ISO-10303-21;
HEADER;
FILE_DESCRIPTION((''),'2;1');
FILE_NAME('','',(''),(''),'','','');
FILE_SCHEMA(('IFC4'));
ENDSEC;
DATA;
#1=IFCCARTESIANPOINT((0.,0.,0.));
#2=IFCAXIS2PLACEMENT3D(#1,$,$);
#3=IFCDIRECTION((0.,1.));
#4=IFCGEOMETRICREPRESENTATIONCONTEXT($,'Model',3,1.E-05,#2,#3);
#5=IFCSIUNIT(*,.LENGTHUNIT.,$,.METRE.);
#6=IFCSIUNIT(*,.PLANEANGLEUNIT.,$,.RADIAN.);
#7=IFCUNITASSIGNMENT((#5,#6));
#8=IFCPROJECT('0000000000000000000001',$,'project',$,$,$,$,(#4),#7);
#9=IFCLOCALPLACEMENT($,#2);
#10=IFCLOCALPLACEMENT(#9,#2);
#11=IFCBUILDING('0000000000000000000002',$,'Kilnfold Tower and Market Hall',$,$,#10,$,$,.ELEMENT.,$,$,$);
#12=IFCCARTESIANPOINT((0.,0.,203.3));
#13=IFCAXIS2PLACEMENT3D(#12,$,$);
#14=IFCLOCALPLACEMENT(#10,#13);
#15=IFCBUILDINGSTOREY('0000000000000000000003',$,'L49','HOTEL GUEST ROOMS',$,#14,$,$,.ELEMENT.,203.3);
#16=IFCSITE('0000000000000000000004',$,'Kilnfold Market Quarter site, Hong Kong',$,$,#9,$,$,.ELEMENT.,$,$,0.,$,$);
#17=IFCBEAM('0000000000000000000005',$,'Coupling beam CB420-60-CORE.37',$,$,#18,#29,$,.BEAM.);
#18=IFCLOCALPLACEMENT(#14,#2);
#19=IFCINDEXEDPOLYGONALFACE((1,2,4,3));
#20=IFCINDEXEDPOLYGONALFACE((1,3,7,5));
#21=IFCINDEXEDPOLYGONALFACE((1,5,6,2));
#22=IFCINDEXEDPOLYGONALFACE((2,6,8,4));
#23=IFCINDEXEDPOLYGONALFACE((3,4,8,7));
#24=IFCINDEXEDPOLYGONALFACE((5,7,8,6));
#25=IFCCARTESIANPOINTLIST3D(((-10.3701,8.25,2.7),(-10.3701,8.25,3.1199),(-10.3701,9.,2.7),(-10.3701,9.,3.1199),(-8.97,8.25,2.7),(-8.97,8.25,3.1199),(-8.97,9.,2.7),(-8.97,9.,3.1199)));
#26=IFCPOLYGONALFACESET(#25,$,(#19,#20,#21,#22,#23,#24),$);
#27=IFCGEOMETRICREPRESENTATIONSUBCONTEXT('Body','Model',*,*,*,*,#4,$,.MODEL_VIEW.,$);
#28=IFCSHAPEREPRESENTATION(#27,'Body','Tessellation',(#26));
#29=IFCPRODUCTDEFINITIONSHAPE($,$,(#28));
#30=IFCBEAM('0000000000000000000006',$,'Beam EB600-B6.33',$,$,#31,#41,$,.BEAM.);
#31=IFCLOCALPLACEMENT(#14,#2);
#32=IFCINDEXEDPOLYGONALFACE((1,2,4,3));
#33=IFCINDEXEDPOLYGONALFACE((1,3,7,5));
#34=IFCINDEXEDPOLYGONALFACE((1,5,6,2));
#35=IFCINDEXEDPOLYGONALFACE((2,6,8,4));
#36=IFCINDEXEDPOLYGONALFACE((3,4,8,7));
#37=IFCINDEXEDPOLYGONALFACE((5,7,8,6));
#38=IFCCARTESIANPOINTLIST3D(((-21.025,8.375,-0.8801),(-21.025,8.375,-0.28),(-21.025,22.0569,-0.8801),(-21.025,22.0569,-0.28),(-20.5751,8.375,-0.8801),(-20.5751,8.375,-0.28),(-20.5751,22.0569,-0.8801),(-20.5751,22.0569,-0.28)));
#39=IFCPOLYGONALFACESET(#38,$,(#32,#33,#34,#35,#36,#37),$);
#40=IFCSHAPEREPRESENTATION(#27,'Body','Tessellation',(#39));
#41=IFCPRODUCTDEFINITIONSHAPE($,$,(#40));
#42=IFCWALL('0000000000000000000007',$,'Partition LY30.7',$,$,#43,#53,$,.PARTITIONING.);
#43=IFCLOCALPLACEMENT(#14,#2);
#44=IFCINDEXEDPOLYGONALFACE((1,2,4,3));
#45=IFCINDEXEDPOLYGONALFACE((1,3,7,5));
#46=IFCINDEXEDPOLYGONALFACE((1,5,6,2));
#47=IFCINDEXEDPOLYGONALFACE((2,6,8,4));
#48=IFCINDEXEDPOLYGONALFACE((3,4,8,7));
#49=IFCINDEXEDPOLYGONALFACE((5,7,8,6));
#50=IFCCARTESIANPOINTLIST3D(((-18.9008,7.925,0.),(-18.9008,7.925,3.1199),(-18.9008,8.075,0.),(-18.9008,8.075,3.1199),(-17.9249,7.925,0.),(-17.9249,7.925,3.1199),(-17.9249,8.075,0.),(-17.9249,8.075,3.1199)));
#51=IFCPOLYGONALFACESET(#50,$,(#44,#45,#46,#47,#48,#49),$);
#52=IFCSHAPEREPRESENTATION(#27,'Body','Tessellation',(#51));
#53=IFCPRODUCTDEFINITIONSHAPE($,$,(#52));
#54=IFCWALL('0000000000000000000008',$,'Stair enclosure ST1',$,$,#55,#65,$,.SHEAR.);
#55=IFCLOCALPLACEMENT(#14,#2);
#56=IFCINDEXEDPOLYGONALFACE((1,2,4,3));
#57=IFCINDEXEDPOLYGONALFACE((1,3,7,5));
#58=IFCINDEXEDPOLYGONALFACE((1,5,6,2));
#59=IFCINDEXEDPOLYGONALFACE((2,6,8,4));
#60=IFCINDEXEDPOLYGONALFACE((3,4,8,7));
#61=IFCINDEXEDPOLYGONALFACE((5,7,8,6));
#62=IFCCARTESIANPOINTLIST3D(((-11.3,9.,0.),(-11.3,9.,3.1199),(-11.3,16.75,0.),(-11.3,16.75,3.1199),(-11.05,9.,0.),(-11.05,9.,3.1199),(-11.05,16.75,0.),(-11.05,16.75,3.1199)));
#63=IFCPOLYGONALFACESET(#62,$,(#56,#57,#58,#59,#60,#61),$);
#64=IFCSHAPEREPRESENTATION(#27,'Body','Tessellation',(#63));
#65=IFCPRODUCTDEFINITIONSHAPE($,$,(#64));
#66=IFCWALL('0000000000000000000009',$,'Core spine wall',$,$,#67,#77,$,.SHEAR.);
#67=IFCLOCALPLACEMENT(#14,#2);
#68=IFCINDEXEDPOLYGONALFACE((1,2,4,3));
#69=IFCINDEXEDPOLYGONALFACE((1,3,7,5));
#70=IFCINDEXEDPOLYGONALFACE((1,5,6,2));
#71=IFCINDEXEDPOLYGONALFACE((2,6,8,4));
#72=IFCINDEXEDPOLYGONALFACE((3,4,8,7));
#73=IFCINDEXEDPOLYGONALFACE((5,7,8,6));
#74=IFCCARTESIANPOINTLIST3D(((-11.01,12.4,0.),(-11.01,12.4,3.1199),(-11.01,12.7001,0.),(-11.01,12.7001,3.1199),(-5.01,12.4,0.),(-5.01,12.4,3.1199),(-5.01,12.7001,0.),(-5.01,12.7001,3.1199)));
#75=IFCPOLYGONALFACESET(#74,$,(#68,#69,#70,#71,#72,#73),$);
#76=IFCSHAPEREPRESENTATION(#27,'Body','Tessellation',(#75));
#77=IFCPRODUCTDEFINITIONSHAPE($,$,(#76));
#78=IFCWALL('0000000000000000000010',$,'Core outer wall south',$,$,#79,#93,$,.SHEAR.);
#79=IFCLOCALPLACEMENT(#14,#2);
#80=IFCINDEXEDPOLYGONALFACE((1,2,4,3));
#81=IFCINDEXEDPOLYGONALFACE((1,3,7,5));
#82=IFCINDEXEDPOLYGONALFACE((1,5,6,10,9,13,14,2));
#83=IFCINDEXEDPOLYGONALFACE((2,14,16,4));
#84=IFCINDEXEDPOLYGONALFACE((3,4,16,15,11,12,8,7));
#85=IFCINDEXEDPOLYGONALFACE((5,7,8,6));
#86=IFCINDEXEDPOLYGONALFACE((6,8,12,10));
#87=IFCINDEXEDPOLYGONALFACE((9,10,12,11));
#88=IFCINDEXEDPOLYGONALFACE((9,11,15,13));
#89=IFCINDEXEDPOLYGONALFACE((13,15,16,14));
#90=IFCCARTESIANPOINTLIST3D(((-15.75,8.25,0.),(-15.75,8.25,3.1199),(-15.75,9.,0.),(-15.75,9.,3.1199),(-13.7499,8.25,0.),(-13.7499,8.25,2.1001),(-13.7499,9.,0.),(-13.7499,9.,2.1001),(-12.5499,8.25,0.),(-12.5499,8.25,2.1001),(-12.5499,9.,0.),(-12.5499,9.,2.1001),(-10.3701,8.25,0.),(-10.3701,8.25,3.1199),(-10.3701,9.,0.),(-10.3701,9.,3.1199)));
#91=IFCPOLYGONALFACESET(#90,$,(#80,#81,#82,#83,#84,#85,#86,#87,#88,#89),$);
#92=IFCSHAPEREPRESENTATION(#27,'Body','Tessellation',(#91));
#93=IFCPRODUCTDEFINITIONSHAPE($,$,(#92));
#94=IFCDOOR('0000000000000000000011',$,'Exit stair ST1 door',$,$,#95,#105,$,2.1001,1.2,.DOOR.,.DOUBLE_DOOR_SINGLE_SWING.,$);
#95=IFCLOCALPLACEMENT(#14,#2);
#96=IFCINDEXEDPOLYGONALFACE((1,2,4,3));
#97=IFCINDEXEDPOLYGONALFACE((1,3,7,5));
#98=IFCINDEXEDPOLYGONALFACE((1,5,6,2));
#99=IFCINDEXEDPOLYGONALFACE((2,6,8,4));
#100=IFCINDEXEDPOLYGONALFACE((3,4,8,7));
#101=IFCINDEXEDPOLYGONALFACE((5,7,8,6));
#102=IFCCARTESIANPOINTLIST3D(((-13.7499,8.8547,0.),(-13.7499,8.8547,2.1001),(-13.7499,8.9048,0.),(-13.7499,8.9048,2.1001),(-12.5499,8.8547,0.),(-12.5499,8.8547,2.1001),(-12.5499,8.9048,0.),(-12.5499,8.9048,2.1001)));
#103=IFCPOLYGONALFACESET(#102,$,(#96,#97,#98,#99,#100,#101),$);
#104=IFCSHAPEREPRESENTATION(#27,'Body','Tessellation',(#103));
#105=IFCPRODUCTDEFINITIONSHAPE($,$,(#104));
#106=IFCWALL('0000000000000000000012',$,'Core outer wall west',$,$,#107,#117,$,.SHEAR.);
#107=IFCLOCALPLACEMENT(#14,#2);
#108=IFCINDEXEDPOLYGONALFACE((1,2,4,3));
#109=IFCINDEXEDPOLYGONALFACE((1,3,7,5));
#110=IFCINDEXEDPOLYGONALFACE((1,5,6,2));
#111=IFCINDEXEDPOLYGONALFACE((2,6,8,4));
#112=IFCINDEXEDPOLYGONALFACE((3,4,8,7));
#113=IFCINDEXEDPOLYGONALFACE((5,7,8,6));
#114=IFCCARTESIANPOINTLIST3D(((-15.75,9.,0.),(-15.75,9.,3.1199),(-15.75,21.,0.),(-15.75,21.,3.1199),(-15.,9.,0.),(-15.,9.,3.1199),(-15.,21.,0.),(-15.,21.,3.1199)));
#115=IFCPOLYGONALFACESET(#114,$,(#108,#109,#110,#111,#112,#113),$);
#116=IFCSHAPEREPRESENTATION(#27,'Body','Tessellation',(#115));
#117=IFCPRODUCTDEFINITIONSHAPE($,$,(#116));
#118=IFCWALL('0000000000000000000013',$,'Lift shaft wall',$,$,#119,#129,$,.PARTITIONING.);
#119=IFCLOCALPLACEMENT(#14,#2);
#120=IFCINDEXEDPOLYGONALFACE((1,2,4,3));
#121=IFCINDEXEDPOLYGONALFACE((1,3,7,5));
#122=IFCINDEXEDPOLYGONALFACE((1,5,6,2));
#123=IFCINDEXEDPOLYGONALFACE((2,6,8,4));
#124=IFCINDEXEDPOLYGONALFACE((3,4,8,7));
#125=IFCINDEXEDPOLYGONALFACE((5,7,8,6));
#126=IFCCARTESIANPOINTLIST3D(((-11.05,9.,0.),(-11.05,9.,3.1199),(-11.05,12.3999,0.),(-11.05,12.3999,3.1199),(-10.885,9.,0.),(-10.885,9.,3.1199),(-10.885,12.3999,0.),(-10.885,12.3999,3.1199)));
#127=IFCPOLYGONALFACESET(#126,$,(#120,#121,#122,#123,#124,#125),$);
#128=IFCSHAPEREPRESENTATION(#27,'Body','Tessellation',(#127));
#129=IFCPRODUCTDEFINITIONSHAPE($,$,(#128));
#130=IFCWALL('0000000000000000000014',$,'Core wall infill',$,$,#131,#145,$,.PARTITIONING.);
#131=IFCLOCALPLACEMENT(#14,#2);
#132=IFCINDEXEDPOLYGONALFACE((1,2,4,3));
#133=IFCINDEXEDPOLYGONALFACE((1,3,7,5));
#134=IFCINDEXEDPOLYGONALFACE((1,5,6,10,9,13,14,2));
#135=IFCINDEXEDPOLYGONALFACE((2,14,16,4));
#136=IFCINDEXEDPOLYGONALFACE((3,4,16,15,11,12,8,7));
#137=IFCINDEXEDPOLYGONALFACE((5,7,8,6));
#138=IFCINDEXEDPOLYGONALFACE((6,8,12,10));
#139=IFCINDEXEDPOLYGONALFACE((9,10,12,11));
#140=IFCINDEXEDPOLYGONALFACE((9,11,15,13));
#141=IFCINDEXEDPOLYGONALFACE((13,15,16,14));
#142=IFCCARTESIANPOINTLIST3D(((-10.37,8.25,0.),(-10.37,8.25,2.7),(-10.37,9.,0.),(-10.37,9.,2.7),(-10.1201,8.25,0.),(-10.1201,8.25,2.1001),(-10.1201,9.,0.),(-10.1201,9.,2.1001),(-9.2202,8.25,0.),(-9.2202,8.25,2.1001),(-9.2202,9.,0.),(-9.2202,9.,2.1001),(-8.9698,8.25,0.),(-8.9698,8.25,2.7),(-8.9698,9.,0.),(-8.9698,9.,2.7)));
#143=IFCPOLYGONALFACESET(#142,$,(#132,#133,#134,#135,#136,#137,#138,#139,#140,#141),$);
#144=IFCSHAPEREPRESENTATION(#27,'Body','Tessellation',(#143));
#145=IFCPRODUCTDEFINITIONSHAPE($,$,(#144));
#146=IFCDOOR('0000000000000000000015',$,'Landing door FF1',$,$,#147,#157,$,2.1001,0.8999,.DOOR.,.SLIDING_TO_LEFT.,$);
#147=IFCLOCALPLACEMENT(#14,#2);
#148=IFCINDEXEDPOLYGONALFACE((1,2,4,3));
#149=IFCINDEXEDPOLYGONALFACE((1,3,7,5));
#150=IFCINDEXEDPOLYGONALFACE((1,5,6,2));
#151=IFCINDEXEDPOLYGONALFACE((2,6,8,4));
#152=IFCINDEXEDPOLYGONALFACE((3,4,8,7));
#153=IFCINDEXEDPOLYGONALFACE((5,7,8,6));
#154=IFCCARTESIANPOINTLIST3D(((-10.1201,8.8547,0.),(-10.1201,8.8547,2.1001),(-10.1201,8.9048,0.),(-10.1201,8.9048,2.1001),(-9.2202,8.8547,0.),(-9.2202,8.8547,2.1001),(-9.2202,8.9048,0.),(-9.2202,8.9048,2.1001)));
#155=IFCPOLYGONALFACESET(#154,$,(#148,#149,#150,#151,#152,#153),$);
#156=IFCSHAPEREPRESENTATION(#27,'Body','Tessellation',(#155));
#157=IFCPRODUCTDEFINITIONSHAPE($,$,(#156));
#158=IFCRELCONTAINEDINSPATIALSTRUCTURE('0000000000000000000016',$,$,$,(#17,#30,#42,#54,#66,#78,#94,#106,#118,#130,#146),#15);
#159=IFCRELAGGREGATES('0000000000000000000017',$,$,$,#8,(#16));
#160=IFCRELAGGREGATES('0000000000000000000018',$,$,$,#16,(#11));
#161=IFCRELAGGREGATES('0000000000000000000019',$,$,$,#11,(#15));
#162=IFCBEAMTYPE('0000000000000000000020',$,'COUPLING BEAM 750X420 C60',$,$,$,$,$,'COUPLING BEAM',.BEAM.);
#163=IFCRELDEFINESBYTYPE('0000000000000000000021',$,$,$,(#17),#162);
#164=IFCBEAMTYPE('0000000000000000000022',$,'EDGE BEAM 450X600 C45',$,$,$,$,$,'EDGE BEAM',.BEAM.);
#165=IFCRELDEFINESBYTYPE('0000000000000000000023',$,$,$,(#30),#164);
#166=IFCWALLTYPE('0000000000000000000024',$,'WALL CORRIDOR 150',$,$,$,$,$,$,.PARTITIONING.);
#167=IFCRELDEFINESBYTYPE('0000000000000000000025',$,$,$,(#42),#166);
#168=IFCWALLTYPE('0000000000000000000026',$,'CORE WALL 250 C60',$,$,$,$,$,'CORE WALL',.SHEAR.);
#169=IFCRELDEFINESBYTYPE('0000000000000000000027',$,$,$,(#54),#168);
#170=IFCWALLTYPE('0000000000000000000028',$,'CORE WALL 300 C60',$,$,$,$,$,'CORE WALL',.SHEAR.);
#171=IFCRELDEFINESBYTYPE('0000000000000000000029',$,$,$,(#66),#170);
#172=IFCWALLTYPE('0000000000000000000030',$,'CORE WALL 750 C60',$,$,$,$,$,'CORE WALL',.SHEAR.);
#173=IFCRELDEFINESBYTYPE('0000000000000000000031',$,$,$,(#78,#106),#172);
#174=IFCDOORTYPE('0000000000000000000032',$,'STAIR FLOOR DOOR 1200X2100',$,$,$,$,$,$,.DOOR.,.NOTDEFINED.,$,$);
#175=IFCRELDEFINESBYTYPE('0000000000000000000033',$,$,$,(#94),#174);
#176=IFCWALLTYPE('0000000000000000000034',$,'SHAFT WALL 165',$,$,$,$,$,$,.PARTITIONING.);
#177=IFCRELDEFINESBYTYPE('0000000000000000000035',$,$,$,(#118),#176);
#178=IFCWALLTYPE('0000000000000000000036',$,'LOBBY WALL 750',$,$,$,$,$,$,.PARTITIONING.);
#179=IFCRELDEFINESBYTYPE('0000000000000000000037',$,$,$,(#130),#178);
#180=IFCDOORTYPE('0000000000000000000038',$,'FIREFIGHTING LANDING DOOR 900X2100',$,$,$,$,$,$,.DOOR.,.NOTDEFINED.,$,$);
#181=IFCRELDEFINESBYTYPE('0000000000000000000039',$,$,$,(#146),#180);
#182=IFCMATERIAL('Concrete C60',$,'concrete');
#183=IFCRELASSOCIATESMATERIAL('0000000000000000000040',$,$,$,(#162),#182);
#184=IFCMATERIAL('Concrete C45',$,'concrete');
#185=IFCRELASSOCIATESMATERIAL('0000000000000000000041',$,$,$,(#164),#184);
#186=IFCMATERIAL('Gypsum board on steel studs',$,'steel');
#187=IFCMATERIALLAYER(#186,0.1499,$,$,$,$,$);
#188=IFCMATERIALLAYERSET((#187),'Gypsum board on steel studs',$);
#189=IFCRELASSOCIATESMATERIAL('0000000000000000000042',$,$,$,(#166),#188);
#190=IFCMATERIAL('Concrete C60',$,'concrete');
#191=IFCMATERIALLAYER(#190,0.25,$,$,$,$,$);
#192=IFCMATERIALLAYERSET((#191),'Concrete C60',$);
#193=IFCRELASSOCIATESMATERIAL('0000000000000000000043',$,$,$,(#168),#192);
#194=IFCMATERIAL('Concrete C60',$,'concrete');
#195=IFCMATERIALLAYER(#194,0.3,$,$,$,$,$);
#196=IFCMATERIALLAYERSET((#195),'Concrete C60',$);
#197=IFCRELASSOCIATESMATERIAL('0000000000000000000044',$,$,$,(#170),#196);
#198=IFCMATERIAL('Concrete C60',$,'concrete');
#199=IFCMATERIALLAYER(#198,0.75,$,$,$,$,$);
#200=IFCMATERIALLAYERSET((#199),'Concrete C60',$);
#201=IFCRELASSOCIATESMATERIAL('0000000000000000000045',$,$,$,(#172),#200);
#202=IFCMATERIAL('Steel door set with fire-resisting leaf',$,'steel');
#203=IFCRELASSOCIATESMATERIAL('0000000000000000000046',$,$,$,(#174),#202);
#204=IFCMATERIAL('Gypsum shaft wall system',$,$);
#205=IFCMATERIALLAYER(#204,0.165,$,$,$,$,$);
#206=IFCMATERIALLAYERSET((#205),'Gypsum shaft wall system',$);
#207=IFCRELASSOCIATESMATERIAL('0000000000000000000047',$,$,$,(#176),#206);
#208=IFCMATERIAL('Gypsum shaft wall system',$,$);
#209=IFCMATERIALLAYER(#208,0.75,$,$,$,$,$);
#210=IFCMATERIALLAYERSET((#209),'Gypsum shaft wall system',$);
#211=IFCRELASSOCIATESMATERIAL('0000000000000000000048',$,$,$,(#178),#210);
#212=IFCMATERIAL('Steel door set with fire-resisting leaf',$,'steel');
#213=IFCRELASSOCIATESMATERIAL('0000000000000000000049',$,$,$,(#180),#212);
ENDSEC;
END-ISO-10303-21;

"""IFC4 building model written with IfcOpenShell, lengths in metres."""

from ifc_helpers import new_model, si_unit, direction, frame, frame_2d, origin, origin_2d, place, context, subcontext, project, spatial, rectangle, extrude, source, transform, mapped, material, layer, layer_set, material_profile, profile_set, type_object, element, fill, save


model = new_model("IFC4")

# Units and contexts
model_context = context("Model", 3, precision=1e-05, world=origin(), true_north=direction((0.0, 1.0)))
body_context = subcontext(model_context, "Body", "Model", "MODEL_VIEW")
ifc_project = project(units=[si_unit("LENGTHUNIT", "METRE"), si_unit("PLANEANGLEUNIT", "RADIAN")], contexts=[model_context])

# Site, building, storey
site_placement = place(None, origin())
site = spatial("IfcSite", under=ifc_project, at=site_placement, Name="Kilnfold Market Quarter site, Hong Kong", CompositionType="ELEMENT", RefElevation=0.0)
building_placement = place(site_placement, origin())
building = spatial("IfcBuilding", under=site, at=building_placement, Name="Kilnfold Tower and Market Hall", CompositionType="ELEMENT")
storey_placement = place(building_placement, frame((0.0, 0.0, 203.3)))
storey = spatial("IfcBuildingStorey", under=building, at=storey_placement, Name="L49", Description="HOTEL GUEST ROOMS", CompositionType="ELEMENT", Elevation=203.3)

# Beams
ifc_material_1 = material(Name="Concrete C60", Category="concrete")
ifc_material_profile_1 = material_profile(ifc_material_1, rectangle(XDim=0.75, YDim=0.4199, at=origin_2d()), Name="RC 750x420")
ifc_profile_set_1 = profile_set([ifc_material_profile_1], Name="Concrete C60")
beam_type_1 = type_object("IfcBeamType", Name="COUPLING BEAM 750X420 C60", ElementType="COUPLING BEAM", PredefinedType="BEAM", material=ifc_profile_set_1)
shared_shape_1 = source(origin(), body_context, "Body", "SweptSolid", [
    extrude(rectangle(XDim=0.75, YDim=0.4199, at=origin_2d()), origin(), (0.0, 0.0, 1.0), 1.4001),
])
beam_1_placement = place(storey_placement, frame((-10.3701, 8.625, 2.9099), z_axis=(1.0, 0.0, 0.0), x_axis=(0.0, 1.0, 0.0)))
element("IfcBeam", 1, at=beam_1_placement, inside=storey, type_object=beam_type_1, Name="Coupling beam CB420-60-CORE.37", PredefinedType="BEAM", context=body_context, shape_type="MappedRepresentation", body=[
    mapped(shared_shape_1, transform((0.0, 0.0, 0.0))),
])
ifc_material_2 = material(Name="Concrete C45", Category="concrete")
ifc_material_profile_2 = material_profile(ifc_material_2, rectangle(XDim=0.45, YDim=0.6001, at=origin_2d()), Name="RC 450x600")
ifc_profile_set_2 = profile_set([ifc_material_profile_2], Name="Concrete C45")
beam_type_2 = type_object("IfcBeamType", Name="EDGE BEAM 450X600 C45", ElementType="EDGE BEAM", PredefinedType="BEAM", material=ifc_profile_set_2)
shared_shape_2 = source(origin(), body_context, "Body", "SweptSolid", [
    extrude(rectangle(XDim=0.45, YDim=0.6001, at=origin_2d()), origin(), (0.0, 0.0, 1.0), 13.6819),
])
beam_2_placement = place(storey_placement, frame((-20.8, 8.375, -0.5801), z_axis=(0.0, 1.0, 0.0), x_axis=(-1.0, 0.0, 0.0)))
element("IfcBeam", 2, at=beam_2_placement, inside=storey, type_object=beam_type_2, Name="Beam EB600-B6.33", PredefinedType="BEAM", context=body_context, shape_type="MappedRepresentation", body=[
    mapped(shared_shape_2, transform((0.0, 0.0, 0.0))),
])

# Walls
ifc_material_3 = material(Name="Gypsum board on steel studs", Category="steel")
ifc_layer_1 = layer(ifc_material_3, 0.1499)
ifc_layer_set_1 = layer_set([ifc_layer_1], Name="Gypsum board on steel studs")
wall_type_1 = type_object("IfcWallType", Name="WALL CORRIDOR 150", PredefinedType="PARTITIONING", material=ifc_layer_set_1)
wall_1_placement = place(storey_placement, frame((-17.925, 8.0, 0.0), z_axis=(0.0, 0.0, 1.0), x_axis=(-1.0, 0.0, 0.0)))
element("IfcWall", 3, at=wall_1_placement, inside=storey, type_object=wall_type_1, Name="Partition LY30.7", PredefinedType="PARTITIONING", context=body_context, shape_type="SweptSolid", body=[
    extrude(rectangle(XDim=0.9758, YDim=0.1499, at=frame_2d((0.4878, 0.0))), origin(), (0.0, 0.0, 1.0), 3.1199),
])
ifc_material_4 = material(Name="Concrete C60", Category="concrete")
ifc_layer_2 = layer(ifc_material_4, 0.25)
ifc_layer_set_2 = layer_set([ifc_layer_2], Name="Concrete C60")
wall_type_2 = type_object("IfcWallType", Name="CORE WALL 250 C60", ElementType="CORE WALL", PredefinedType="SHEAR", material=ifc_layer_set_2)
shared_shape_3 = source(origin(), body_context, "Body", "SweptSolid", [
    extrude(rectangle(XDim=7.75, YDim=0.25, at=frame_2d((3.875, 0.0))), origin(), (0.0, 0.0, 1.0), 3.1199),
])
wall_2_placement = place(storey_placement, frame((-11.175, 9.0, 0.0), z_axis=(0.0, 0.0, 1.0), x_axis=(0.0, 1.0, 0.0)))
element("IfcWall", 4, at=wall_2_placement, inside=storey, type_object=wall_type_2, Name="Stair enclosure ST1", PredefinedType="SHEAR", context=body_context, shape_type="MappedRepresentation", body=[
    mapped(shared_shape_3, transform((0.0, 0.0, 0.0))),
])
ifc_material_5 = material(Name="Concrete C60", Category="concrete")
ifc_layer_3 = layer(ifc_material_5, 0.3)
ifc_layer_set_3 = layer_set([ifc_layer_3], Name="Concrete C60")
wall_type_3 = type_object("IfcWallType", Name="CORE WALL 300 C60", ElementType="CORE WALL", PredefinedType="SHEAR", material=ifc_layer_set_3)
shared_shape_4 = source(origin(), body_context, "Body", "SweptSolid", [
    extrude(rectangle(XDim=6.0, YDim=0.3, at=frame_2d((3.0, 0.0))), origin(), (0.0, 0.0, 1.0), 3.1199),
])
wall_3_placement = place(storey_placement, frame((-11.01, 12.55, 0.0), z_axis=(0.0, 0.0, 1.0), x_axis=(1.0, 0.0, 0.0)))
element("IfcWall", 5, at=wall_3_placement, inside=storey, type_object=wall_type_3, Name="Core spine wall", PredefinedType="SHEAR", context=body_context, shape_type="MappedRepresentation", body=[
    mapped(shared_shape_4, transform((0.0, 0.0, 0.0))),
])

# Wall, opening, door
ifc_material_6 = material(Name="Concrete C60", Category="concrete")
ifc_layer_4 = layer(ifc_material_6, 0.75)
ifc_layer_set_4 = layer_set([ifc_layer_4], Name="Concrete C60")
wall_type_4 = type_object("IfcWallType", Name="CORE WALL 750 C60", ElementType="CORE WALL", PredefinedType="SHEAR", material=ifc_layer_set_4)
shared_shape_5 = source(origin(), body_context, "Body", "SweptSolid", [
    extrude(rectangle(XDim=5.3799, YDim=0.75, at=frame_2d((2.6899, 0.0))), origin(), (0.0, 0.0, 1.0), 3.1199),
])
wall_4_placement = place(storey_placement, frame((-15.75, 8.625, 0.0), z_axis=(0.0, 0.0, 1.0), x_axis=(1.0, 0.0, 0.0)))
wall_4 = element("IfcWall", 6, at=wall_4_placement, inside=storey, type_object=wall_type_4, Name="Core outer wall south", PredefinedType="SHEAR", context=body_context, shape_type="MappedRepresentation", body=[
    mapped(shared_shape_5, transform((0.0, 0.0, 0.0))),
])
opening_1_placement = place(wall_4_placement, frame((2.0, 0.0, 0.0)))
opening_1 = element("IfcOpeningElement", 7, at=opening_1_placement, cuts=wall_4, PredefinedType="OPENING", context=body_context, shape_type="SweptSolid", body=[
    extrude(rectangle(XDim=1.2, YDim=2.1001, at=frame_2d((0.6001, 1.05))), frame((0.0, 0.385, 0.0), z_axis=(0.0, -1.0, 0.0), x_axis=(1.0, 0.0, 0.0)), (0.0, 0.0, 1.0), 0.77),
])
ifc_material_7 = material(Name="Steel door set with fire-resisting leaf", Category="steel")
door_type_1 = type_object("IfcDoorType", Name="STAIR FLOOR DOOR 1200X2100", OperationType="NOTDEFINED", PredefinedType="DOOR", material=ifc_material_7)
door_1_placement = place(opening_1_placement, origin())
door_1 = element("IfcDoor", 8, at=door_1_placement, inside=storey, type_object=door_type_1, Name="Exit stair ST1 door", OperationType="DOUBLE_DOOR_SINGLE_SWING", OverallHeight=2.1001, OverallWidth=1.2, PredefinedType="DOOR", context=body_context, shape_type="SweptSolid", body=[
    extrude(rectangle(XDim=1.2, YDim=2.1001, at=frame_2d((0.6001, 1.05))), frame((0.0, 0.2798, 0.0), z_axis=(0.0, -1.0, 0.0), x_axis=(1.0, 0.0, 0.0)), (0.0, 0.0, 1.0), 0.05),
])
fill(opening_1, door_1)

# Walls
shared_shape_6 = source(origin(), body_context, "Body", "SweptSolid", [
    extrude(rectangle(XDim=12.0, YDim=0.75, at=frame_2d((6.0, 0.0))), origin(), (0.0, 0.0, 1.0), 3.1199),
])
wall_5_placement = place(storey_placement, frame((-15.375, 9.0, 0.0), z_axis=(0.0, 0.0, 1.0), x_axis=(0.0, 1.0, 0.0)))
element("IfcWall", 9, at=wall_5_placement, inside=storey, type_object=wall_type_4, Name="Core outer wall west", PredefinedType="SHEAR", context=body_context, shape_type="MappedRepresentation", body=[
    mapped(shared_shape_6, transform((0.0, 0.0, 0.0))),
])
ifc_material_8 = material(Name="Gypsum shaft wall system")
ifc_layer_5 = layer(ifc_material_8, 0.165)
ifc_layer_set_5 = layer_set([ifc_layer_5], Name="Gypsum shaft wall system")
wall_type_5 = type_object("IfcWallType", Name="SHAFT WALL 165", PredefinedType="PARTITIONING", material=ifc_layer_set_5)
shared_shape_7 = source(origin(), body_context, "Body", "SweptSolid", [
    extrude(rectangle(XDim=3.3999, YDim=0.165, at=frame_2d((1.7, 0.0))), origin(), (0.0, 0.0, 1.0), 3.1199),
])
wall_6_placement = place(storey_placement, frame((-10.9675, 9.0, 0.0), z_axis=(0.0, 0.0, 1.0), x_axis=(0.0, 1.0, 0.0)))
element("IfcWall", 10, at=wall_6_placement, inside=storey, type_object=wall_type_5, Name="Lift shaft wall", PredefinedType="PARTITIONING", context=body_context, shape_type="MappedRepresentation", body=[
    mapped(shared_shape_7, transform((0.0, 0.0, 0.0))),
])

# Wall, opening, door
ifc_material_9 = material(Name="Gypsum shaft wall system")
ifc_layer_6 = layer(ifc_material_9, 0.75)
ifc_layer_set_6 = layer_set([ifc_layer_6], Name="Gypsum shaft wall system")
wall_type_6 = type_object("IfcWallType", Name="LOBBY WALL 750", PredefinedType="PARTITIONING", material=ifc_layer_set_6)
shared_shape_8 = source(origin(), body_context, "Body", "SweptSolid", [
    extrude(rectangle(XDim=1.4001, YDim=0.75, at=frame_2d((0.7002, 0.0))), origin(), (0.0, 0.0, 1.0), 2.7),
])
wall_7_placement = place(storey_placement, frame((-10.3701, 8.625, 0.0), z_axis=(0.0, 0.0, 1.0), x_axis=(1.0, 0.0, 0.0)))
wall_7 = element("IfcWall", 11, at=wall_7_placement, inside=storey, type_object=wall_type_6, Name="Core wall infill", PredefinedType="PARTITIONING", context=body_context, shape_type="MappedRepresentation", body=[
    mapped(shared_shape_8, transform((0.0, 0.0, 0.0))),
])
opening_2_placement = place(wall_7_placement, frame((0.25, 0.0, 0.0)))
opening_2 = element("IfcOpeningElement", 12, at=opening_2_placement, cuts=wall_7, PredefinedType="OPENING", context=body_context, shape_type="SweptSolid", body=[
    extrude(rectangle(XDim=0.8999, YDim=2.1001, at=frame_2d((0.45, 1.05))), frame((0.0, 0.385, 0.0), z_axis=(0.0, -1.0, 0.0), x_axis=(1.0, 0.0, 0.0)), (0.0, 0.0, 1.0), 0.77),
])
ifc_material_10 = material(Name="Steel door set with fire-resisting leaf", Category="steel")
door_type_2 = type_object("IfcDoorType", Name="FIREFIGHTING LANDING DOOR 900X2100", OperationType="NOTDEFINED", PredefinedType="DOOR", material=ifc_material_10)
door_2_placement = place(opening_2_placement, origin())
door_2 = element("IfcDoor", 13, at=door_2_placement, inside=storey, type_object=door_type_2, Name="Landing door FF1", OperationType="SLIDING_TO_LEFT", OverallHeight=2.1001, OverallWidth=0.8999, PredefinedType="DOOR", context=body_context, shape_type="SweptSolid", body=[
    extrude(rectangle(XDim=0.8999, YDim=2.1001, at=frame_2d((0.45, 1.05))), frame((0.0, 0.2798, 0.0), z_axis=(0.0, -1.0, 0.0), x_axis=(1.0, 0.0, 0.0)), (0.0, 0.0, 1.0), 0.05),
])
fill(opening_2, door_2)

save(model, "model.ifc")
